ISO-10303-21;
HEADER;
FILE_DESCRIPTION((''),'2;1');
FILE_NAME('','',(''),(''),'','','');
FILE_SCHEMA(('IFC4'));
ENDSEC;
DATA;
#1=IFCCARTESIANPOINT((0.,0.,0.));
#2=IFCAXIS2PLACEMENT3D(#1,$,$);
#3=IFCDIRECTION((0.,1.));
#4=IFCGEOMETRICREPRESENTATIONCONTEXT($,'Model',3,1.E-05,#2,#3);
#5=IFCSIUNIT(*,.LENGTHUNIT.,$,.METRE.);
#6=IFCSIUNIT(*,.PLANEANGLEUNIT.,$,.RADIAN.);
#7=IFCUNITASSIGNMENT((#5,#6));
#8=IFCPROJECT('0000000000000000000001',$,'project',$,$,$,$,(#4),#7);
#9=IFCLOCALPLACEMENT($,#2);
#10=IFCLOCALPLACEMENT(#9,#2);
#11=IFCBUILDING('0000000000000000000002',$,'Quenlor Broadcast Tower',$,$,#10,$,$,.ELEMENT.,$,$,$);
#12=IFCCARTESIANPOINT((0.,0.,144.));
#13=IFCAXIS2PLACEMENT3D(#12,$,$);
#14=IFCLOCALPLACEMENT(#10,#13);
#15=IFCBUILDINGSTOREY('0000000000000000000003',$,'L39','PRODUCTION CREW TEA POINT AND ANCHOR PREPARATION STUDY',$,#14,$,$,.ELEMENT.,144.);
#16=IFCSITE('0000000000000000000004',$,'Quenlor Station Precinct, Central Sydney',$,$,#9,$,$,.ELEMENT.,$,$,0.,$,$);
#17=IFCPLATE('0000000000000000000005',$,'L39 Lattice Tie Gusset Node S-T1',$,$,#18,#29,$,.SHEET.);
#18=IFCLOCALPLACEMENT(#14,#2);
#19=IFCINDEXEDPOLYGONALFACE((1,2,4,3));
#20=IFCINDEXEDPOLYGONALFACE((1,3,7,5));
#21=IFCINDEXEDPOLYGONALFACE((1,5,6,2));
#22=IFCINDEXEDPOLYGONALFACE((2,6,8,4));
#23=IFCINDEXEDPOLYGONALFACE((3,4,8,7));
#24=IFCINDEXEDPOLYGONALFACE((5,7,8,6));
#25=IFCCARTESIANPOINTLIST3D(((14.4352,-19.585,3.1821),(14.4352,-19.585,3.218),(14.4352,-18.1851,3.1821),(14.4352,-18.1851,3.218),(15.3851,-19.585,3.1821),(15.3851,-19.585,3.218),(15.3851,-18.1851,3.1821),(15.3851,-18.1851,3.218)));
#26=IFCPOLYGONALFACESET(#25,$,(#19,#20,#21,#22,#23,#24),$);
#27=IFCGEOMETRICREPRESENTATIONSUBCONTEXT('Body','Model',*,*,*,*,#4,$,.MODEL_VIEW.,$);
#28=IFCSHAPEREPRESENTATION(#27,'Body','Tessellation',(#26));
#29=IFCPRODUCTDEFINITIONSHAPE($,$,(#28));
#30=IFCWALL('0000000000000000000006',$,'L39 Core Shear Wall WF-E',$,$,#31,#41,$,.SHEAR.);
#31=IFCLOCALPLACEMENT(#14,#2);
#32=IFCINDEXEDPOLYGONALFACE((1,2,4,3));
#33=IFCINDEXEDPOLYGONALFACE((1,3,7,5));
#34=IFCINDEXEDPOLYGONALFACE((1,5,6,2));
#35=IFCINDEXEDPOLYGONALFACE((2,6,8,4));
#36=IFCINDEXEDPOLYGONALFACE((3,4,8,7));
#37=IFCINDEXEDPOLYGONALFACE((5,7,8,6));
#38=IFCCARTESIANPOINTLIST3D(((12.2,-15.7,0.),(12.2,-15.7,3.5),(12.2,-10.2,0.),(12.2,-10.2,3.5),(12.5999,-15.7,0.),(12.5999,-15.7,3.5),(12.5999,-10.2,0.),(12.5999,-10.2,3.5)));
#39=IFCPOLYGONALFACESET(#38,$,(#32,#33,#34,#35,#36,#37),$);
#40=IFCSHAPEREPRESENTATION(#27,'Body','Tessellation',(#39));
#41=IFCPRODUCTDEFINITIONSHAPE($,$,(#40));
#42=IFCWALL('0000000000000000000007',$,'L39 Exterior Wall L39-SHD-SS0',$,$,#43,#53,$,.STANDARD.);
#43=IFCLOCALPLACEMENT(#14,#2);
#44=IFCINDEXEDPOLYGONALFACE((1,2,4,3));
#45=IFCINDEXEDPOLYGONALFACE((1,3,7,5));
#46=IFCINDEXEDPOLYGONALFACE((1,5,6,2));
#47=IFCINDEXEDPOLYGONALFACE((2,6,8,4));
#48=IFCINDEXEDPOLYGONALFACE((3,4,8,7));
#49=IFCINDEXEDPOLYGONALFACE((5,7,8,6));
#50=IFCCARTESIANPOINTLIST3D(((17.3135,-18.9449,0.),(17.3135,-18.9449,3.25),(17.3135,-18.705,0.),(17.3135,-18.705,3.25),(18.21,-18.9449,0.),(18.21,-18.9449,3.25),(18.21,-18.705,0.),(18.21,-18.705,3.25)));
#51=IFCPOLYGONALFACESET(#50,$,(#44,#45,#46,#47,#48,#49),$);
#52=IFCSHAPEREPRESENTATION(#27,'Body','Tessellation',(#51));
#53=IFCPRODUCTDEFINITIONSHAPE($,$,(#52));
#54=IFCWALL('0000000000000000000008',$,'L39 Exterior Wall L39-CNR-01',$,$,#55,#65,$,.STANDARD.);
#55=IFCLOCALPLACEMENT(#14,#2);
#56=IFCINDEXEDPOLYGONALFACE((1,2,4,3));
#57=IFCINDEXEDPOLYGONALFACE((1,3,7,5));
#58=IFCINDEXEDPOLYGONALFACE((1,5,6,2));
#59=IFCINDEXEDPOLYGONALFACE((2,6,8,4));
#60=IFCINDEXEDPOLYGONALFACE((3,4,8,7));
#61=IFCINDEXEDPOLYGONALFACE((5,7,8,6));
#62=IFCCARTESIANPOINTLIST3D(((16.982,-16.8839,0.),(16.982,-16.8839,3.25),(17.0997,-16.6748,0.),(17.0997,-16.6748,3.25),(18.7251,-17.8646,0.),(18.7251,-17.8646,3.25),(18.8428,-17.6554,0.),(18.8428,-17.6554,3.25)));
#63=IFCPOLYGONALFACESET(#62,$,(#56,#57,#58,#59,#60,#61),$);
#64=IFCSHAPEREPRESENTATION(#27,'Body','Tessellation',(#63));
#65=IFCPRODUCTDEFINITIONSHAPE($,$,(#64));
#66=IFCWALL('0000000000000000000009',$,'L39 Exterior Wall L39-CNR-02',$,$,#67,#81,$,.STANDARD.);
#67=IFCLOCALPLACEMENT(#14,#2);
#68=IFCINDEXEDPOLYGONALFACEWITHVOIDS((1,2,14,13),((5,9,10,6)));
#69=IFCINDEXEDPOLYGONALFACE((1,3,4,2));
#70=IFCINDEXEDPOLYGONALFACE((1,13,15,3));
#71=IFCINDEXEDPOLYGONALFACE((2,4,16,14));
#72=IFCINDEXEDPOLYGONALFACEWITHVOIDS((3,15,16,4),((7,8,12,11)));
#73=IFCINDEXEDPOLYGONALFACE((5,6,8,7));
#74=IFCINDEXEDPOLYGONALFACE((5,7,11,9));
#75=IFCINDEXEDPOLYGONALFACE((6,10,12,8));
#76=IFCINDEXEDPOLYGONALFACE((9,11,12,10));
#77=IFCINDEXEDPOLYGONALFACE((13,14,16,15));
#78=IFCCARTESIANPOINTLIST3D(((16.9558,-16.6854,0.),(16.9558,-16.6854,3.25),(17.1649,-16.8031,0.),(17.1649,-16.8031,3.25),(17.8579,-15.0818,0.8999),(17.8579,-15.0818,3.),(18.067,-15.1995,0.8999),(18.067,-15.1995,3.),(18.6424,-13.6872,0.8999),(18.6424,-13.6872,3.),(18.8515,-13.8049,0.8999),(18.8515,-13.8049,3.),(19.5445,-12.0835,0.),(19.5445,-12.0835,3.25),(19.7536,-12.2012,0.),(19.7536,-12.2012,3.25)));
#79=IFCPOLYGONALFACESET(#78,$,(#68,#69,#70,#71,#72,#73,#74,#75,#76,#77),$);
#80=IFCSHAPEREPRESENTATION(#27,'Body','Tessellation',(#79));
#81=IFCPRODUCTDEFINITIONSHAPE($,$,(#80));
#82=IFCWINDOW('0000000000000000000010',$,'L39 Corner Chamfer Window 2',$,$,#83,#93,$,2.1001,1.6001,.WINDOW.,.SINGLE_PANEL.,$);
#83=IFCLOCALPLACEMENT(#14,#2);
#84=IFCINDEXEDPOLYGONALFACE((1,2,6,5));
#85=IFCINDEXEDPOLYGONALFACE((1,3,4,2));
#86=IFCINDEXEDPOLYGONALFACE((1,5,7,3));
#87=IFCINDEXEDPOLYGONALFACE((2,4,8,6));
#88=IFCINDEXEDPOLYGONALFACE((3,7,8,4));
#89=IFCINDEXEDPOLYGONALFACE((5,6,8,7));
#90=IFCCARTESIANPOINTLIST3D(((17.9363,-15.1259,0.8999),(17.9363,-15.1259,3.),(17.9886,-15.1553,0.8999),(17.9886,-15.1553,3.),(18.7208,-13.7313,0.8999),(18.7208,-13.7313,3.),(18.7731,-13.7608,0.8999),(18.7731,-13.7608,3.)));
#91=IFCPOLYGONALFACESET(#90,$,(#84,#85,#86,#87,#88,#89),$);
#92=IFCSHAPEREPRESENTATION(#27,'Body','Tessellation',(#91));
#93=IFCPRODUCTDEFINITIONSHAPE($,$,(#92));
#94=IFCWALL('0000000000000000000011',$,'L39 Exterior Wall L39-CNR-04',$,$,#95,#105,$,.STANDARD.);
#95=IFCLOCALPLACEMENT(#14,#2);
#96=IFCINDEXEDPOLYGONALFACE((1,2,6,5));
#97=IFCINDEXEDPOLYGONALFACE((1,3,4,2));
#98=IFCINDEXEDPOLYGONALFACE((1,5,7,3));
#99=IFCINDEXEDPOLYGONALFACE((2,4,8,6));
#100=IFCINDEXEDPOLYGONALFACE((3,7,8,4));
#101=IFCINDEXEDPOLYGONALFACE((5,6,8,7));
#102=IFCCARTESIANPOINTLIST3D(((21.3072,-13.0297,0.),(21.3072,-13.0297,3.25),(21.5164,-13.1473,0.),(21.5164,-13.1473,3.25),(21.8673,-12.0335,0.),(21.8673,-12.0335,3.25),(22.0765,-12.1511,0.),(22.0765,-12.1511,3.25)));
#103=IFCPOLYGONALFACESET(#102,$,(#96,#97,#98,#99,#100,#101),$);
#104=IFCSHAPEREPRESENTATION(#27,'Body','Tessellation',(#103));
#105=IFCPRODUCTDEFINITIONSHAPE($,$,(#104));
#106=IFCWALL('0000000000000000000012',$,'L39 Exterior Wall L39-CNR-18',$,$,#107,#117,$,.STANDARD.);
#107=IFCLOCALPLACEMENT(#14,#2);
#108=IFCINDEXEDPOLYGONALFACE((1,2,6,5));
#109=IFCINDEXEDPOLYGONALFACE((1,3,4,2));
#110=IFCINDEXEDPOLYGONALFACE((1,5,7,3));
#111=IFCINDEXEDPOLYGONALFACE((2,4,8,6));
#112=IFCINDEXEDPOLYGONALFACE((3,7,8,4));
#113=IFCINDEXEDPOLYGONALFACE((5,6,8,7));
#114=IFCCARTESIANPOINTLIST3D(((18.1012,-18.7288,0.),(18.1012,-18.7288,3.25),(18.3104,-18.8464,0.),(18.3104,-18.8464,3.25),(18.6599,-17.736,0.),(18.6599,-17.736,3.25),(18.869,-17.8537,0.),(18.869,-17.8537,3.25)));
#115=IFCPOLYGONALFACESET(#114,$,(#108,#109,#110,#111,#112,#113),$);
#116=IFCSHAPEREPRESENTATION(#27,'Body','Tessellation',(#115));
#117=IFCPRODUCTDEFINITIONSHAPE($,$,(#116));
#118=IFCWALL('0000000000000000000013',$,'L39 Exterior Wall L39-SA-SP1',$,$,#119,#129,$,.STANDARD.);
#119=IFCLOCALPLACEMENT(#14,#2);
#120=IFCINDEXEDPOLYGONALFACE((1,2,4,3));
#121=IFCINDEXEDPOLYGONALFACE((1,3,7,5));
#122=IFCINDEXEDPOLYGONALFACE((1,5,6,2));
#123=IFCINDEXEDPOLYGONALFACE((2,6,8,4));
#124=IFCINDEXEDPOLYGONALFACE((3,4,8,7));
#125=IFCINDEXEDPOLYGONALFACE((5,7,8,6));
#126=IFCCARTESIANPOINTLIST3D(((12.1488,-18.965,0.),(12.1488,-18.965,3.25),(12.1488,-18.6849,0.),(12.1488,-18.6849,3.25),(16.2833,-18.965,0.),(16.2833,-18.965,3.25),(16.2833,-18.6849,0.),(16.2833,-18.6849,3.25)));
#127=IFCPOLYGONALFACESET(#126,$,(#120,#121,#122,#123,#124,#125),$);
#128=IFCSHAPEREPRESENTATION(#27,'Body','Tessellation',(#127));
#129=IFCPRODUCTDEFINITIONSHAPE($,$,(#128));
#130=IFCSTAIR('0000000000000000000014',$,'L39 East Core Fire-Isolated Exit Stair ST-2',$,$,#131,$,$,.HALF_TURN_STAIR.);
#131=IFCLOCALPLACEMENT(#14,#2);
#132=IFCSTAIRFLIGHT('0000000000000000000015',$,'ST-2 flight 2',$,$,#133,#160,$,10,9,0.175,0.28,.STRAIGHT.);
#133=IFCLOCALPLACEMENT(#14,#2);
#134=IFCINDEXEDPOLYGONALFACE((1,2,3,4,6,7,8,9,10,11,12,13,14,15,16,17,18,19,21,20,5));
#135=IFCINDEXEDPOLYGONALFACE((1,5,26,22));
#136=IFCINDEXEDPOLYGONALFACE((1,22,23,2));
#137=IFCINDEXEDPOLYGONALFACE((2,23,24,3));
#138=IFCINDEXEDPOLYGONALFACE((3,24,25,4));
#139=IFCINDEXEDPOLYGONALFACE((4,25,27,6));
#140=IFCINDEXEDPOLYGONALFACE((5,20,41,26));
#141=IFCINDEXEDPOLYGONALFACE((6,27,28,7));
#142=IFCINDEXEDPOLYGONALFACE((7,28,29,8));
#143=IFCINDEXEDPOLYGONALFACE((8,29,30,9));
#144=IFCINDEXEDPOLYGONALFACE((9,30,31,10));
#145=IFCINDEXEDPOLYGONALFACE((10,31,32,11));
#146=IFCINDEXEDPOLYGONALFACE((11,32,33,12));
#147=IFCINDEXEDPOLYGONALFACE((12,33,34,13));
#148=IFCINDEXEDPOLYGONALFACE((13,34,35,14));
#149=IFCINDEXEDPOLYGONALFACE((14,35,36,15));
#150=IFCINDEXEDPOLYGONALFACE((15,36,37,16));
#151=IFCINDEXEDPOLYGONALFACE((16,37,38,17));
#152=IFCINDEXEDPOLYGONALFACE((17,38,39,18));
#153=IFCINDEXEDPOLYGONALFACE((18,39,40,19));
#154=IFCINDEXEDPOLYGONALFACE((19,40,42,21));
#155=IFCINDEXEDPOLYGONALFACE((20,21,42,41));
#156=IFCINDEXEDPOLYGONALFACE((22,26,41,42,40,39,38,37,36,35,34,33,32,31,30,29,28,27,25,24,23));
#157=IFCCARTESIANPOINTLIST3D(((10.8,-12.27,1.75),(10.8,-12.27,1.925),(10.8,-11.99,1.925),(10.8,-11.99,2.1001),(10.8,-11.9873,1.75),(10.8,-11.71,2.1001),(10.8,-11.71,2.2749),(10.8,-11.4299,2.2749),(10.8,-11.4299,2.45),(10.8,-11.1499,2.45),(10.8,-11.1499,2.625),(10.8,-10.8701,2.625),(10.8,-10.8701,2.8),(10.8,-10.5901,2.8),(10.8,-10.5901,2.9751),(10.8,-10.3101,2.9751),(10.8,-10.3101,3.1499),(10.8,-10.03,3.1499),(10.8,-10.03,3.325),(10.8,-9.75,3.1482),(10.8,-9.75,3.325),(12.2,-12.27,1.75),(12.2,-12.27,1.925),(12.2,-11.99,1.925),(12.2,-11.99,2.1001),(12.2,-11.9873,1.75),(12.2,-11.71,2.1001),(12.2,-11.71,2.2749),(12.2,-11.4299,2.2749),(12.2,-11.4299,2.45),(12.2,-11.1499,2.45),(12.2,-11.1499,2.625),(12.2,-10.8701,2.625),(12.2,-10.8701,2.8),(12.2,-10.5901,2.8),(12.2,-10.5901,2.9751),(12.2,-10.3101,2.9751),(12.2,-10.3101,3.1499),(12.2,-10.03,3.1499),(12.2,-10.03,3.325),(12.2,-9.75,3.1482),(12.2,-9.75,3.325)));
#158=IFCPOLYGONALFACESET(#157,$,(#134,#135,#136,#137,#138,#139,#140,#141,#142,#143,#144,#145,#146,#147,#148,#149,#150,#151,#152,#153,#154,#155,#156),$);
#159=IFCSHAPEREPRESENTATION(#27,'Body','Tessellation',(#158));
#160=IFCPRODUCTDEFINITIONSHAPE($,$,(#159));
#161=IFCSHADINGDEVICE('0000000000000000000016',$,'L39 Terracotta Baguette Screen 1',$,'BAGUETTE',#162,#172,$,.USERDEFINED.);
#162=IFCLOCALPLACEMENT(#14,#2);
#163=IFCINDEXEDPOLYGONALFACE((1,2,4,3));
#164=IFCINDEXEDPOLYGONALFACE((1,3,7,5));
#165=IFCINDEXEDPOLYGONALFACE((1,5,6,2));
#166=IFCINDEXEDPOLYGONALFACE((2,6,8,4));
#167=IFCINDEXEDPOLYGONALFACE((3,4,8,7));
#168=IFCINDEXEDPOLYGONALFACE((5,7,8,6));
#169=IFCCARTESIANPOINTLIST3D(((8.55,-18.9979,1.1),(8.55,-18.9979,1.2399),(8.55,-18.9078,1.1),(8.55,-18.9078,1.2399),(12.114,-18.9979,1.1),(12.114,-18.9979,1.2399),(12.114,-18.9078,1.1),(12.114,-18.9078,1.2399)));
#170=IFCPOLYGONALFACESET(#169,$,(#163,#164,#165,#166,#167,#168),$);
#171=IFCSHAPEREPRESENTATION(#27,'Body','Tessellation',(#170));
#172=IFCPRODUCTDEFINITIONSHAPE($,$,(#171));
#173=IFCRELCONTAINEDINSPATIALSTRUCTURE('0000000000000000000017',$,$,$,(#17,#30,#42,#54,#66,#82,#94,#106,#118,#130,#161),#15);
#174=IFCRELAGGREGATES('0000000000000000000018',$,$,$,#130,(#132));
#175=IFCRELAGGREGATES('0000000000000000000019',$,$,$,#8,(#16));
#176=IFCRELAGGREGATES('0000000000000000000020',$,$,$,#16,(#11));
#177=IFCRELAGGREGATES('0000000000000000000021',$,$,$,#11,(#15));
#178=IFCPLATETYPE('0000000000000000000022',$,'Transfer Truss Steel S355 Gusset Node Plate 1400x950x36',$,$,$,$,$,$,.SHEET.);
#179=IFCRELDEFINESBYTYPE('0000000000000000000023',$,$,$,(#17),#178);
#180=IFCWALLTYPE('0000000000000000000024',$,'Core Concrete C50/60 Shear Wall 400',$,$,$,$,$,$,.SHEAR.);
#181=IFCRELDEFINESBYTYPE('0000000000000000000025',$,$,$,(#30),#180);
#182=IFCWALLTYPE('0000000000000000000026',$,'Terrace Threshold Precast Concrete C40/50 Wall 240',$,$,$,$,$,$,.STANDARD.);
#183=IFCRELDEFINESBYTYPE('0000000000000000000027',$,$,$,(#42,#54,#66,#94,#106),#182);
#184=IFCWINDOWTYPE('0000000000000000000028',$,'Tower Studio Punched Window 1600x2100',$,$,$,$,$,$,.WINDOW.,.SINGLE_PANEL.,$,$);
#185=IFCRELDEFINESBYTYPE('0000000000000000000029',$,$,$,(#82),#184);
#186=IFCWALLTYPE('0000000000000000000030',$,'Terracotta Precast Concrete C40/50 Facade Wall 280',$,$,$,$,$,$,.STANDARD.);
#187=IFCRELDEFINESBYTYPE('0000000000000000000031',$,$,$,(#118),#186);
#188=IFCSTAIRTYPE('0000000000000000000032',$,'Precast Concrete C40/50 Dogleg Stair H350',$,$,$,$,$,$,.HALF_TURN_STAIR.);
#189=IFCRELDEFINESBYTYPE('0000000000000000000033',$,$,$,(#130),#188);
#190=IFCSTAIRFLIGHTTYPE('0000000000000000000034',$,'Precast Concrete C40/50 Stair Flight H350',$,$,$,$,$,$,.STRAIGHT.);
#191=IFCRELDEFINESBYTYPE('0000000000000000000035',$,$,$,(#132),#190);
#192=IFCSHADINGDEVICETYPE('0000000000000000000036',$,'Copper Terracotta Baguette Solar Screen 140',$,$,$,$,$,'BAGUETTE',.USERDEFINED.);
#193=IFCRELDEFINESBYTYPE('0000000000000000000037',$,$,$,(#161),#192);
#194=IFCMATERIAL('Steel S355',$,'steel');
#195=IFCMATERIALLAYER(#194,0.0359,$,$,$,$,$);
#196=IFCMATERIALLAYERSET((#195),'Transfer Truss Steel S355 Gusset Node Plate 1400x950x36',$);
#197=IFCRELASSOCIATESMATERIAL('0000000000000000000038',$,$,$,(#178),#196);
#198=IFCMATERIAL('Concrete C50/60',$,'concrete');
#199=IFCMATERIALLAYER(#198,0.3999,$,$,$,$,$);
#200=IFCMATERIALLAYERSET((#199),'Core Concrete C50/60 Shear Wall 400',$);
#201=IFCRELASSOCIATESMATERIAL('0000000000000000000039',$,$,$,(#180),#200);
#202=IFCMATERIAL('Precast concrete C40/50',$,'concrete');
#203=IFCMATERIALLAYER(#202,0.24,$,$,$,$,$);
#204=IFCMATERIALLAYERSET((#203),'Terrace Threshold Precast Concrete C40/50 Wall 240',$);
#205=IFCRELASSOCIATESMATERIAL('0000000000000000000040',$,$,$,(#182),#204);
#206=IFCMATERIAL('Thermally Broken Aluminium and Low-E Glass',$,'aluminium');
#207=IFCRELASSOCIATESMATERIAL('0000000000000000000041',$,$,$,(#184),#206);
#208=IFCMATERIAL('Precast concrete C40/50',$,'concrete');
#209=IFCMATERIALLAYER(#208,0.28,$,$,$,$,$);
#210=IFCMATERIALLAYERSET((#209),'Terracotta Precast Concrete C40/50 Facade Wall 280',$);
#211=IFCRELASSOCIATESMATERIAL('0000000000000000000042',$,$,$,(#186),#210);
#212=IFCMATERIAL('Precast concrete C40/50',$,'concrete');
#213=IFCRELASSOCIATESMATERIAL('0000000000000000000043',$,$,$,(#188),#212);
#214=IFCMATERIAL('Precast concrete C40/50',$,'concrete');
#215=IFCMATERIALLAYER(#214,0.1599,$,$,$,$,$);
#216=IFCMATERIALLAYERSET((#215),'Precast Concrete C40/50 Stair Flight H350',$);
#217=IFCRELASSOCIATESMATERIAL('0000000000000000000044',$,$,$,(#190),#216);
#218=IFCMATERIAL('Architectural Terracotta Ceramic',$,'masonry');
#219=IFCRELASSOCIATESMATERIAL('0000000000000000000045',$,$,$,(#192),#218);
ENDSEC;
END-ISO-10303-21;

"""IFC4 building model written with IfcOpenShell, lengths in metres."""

from ifc_helpers import new_model, si_unit, direction, frame, frame_2d, origin, origin_2d, place, context, subcontext, project, spatial, polyline, rectangle, outline, extrude, material, layer, layer_set, material_profile, profile_set, type_object, element, fill, aggregate, save


model = new_model("IFC4")

# Units and contexts
model_context = context("Model", 3, precision=1e-05, world=origin(), true_north=direction((0.0, 1.0)))
body_context = subcontext(model_context, "Body", "Model", "MODEL_VIEW")
ifc_project = project(units=[si_unit("LENGTHUNIT", "METRE"), si_unit("PLANEANGLEUNIT", "RADIAN")], contexts=[model_context])

# Site, building, storey
site_placement = place(None, origin())
site = spatial("IfcSite", under=ifc_project, at=site_placement, Name="Quenlor Station Precinct, Central Sydney", CompositionType="ELEMENT", RefElevation=0.0)
building_placement = place(site_placement, origin())
building = spatial("IfcBuilding", under=site, at=building_placement, Name="Quenlor Broadcast Tower", CompositionType="ELEMENT")
storey_placement = place(building_placement, frame((0.0, 0.0, 144.0)))
storey = spatial("IfcBuildingStorey", under=building, at=storey_placement, Name="L39", Description="PRODUCTION CREW TEA POINT AND ANCHOR PREPARATION STUDY", CompositionType="ELEMENT", Elevation=144.0)

# Plate
ifc_material_1 = material(Name="Steel S355", Category="steel")
ifc_layer_1 = layer(ifc_material_1, 0.0359)
ifc_layer_set_1 = layer_set([ifc_layer_1], Name="Transfer Truss Steel S355 Gusset Node Plate 1400x950x36")
plate_type_1 = type_object("IfcPlateType", Name="Transfer Truss Steel S355 Gusset Node Plate 1400x950x36", PredefinedType="SHEET", material=ifc_layer_set_1)
for number, where, z_axis, x_axis, name in (
    (1, (14.9102, -18.885, 3.1821), (0.0, 0.0, 1.0), (0.0, -1.0, 0.0), "L39 Lattice Tie Gusset Node S-T1"),
):
    element("IfcPlate", number, at=place(storey_placement, frame(where, z_axis=z_axis, x_axis=x_axis)), inside=storey, type_object=plate_type_1, Name=name, PredefinedType="SHEET", context=body_context, shape_type="SweptSolid", body=[
        extrude(rectangle(XDim=1.3999, YDim=0.95, at=origin_2d()), origin(), (0.0, 0.0, 1.0), 0.0359),
    ])

# Walls
ifc_material_2 = material(Name="Concrete C50/60", Category="concrete")
ifc_layer_2 = layer(ifc_material_2, 0.3999)
ifc_layer_set_2 = layer_set([ifc_layer_2], Name="Core Concrete C50/60 Shear Wall 400")
wall_type_1 = type_object("IfcWallType", Name="Core Concrete C50/60 Shear Wall 400", PredefinedType="SHEAR", material=ifc_layer_set_2)
wall_1_placement = place(storey_placement, frame((12.3999, -15.7, 0.0), z_axis=(0.0, 0.0, 1.0), x_axis=(0.0, 1.0, 0.0)))
element("IfcWall", 2, at=wall_1_placement, inside=storey, type_object=wall_type_1, Name="L39 Core Shear Wall WF-E", PredefinedType="SHEAR", context=body_context, shape_type="SweptSolid", body=[
    extrude(rectangle(XDim=5.5, YDim=0.3999, at=frame_2d((2.75, 0.0))), origin(), (0.0, 0.0, 1.0), 3.5),
])
ifc_material_3 = material(Name="Precast concrete C40/50", Category="concrete")
ifc_layer_3 = layer(ifc_material_3, 0.24)
ifc_layer_set_3 = layer_set([ifc_layer_3], Name="Terrace Threshold Precast Concrete C40/50 Wall 240")
wall_type_2 = type_object("IfcWallType", Name="Terrace Threshold Precast Concrete C40/50 Wall 240", PredefinedType="STANDARD", material=ifc_layer_set_3)
wall_2_placement = place(storey_placement, frame((18.21, -18.825, 0.0), z_axis=(0.0, 0.0, 1.0), x_axis=(-1.0, 0.0, 0.0)))
element("IfcWall", 3, at=wall_2_placement, inside=storey, type_object=wall_type_2, Name="L39 Exterior Wall L39-SHD-SS0", PredefinedType="STANDARD", context=body_context, shape_type="SweptSolid", body=[
    extrude(rectangle(XDim=0.8965, YDim=0.24, at=frame_2d((0.4482, 0.0))), origin(), (0.0, 0.0, 1.0), 3.25),
])
wall_3_placement = place(storey_placement, frame((18.7839, -17.76, 0.0), z_axis=(0.0, 0.0, 1.0), x_axis=(-0.871536, 0.490331, 0.0)))
element("IfcWall", 4, at=wall_3_placement, inside=storey, type_object=wall_type_2, Name="L39 Exterior Wall L39-CNR-01", PredefinedType="STANDARD", context=body_context, shape_type="SweptSolid", body=[
    extrude(rectangle(XDim=2.0, YDim=0.24, at=frame_2d((1.0, 0.0))), origin(), (0.0, 0.0, 1.0), 3.25),
])

# Wall, opening, window
wall_4_placement = place(storey_placement, frame((17.0603, -16.7444, 0.0), z_axis=(0.0, 0.0, 1.0), x_axis=(0.490277, 0.871567, 0.0)))
wall_4 = element("IfcWall", 5, at=wall_4_placement, inside=storey, type_object=wall_type_2, Name="L39 Exterior Wall L39-CNR-02", PredefinedType="STANDARD", context=body_context, shape_type="SweptSolid", body=[
    extrude(rectangle(XDim=5.28, YDim=0.24, at=frame_2d((2.6401, 0.0))), origin(), (0.0, 0.0, 1.0), 3.25),
])
opening_placement = place(wall_4_placement, frame((1.8401, 0.0, 0.8999)))
opening = element("IfcOpeningElement", 6, at=opening_placement, cuts=wall_4, PredefinedType="OPENING", context=body_context, shape_type="SweptSolid", body=[
    extrude(rectangle(XDim=1.6001, YDim=2.1001, at=frame_2d((0.8, 1.05))), frame((0.0, 0.1299, 0.0), z_axis=(0.0, -1.0, 0.0), x_axis=(1.0, 0.0, 0.0)), (0.0, 0.0, 1.0), 0.26),
])
ifc_material_4 = material(Name="Thermally Broken Aluminium and Low-E Glass", Category="aluminium")
window_type = type_object("IfcWindowType", Name="Tower Studio Punched Window 1600x2100", PartitioningType="SINGLE_PANEL", PredefinedType="WINDOW", material=ifc_material_4)
window_placement = place(opening_placement, origin())
window = element("IfcWindow", 7, at=window_placement, inside=storey, type_object=window_type, Name="L39 Corner Chamfer Window 2", OverallHeight=2.1001, OverallWidth=1.6001, PartitioningType="SINGLE_PANEL", PredefinedType="WINDOW", context=body_context, shape_type="SweptSolid", body=[
    extrude(rectangle(XDim=1.6001, YDim=2.1001, at=frame_2d((0.8, 1.05))), frame((0.0, 0.03, 0.0), z_axis=(0.0, -1.0, 0.0), x_axis=(1.0, 0.0, 0.0)), (0.0, 0.0, 1.0), 0.0601),
])
fill(opening, window)

# Walls
wall_5_placement = place(storey_placement, frame((21.4119, -13.0884, 0.0), z_axis=(0.0, 0.0, 1.0), x_axis=(0.490099, 0.871667, 0.0)))
element("IfcWall", 8, at=wall_5_placement, inside=storey, type_object=wall_type_2, Name="L39 Exterior Wall L39-CNR-04", PredefinedType="STANDARD", context=body_context, shape_type="SweptSolid", body=[
    extrude(rectangle(XDim=1.1428, YDim=0.24, at=frame_2d((0.5713, 0.0))), origin(), (0.0, 0.0, 1.0), 3.25),
])
wall_6_placement = place(storey_placement, frame((18.2058, -18.7876, 0.0), z_axis=(0.0, 0.0, 1.0), x_axis=(0.490404, 0.871495, 0.0)))
element("IfcWall", 9, at=wall_6_placement, inside=storey, type_object=wall_type_2, Name="L39 Exterior Wall L39-CNR-18", PredefinedType="STANDARD", context=body_context, shape_type="SweptSolid", body=[
    extrude(rectangle(XDim=1.1392, YDim=0.24, at=frame_2d((0.5696, 0.0))), origin(), (0.0, 0.0, 1.0), 3.25),
])
ifc_material_5 = material(Name="Precast concrete C40/50", Category="concrete")
ifc_layer_4 = layer(ifc_material_5, 0.28)
ifc_layer_set_4 = layer_set([ifc_layer_4], Name="Terracotta Precast Concrete C40/50 Facade Wall 280")
wall_type_3 = type_object("IfcWallType", Name="Terracotta Precast Concrete C40/50 Facade Wall 280", PredefinedType="STANDARD", material=ifc_layer_set_4)
wall_7_placement = place(storey_placement, frame((16.2834, -18.825, 0.0), z_axis=(0.0, 0.0, 1.0), x_axis=(-1.0, 0.0, 0.0)))
element("IfcWall", 10, at=wall_7_placement, inside=storey, type_object=wall_type_3, Name="L39 Exterior Wall L39-SA-SP1", PredefinedType="STANDARD", context=body_context, shape_type="SweptSolid", body=[
    extrude(rectangle(XDim=4.1345, YDim=0.28, at=frame_2d((2.0674, 0.0))), origin(), (0.0, 0.0, 1.0), 3.25),
])

# Stair, stair flight
ifc_material_6 = material(Name="Precast concrete C40/50", Category="concrete")
stair_type = type_object("IfcStairType", Name="Precast Concrete C40/50 Dogleg Stair H350", PredefinedType="HALF_TURN_STAIR", material=ifc_material_6)
stair_placement = place(storey_placement, origin())
stair = element("IfcStair", 11, at=stair_placement, inside=storey, type_object=stair_type, Name="L39 East Core Fire-Isolated Exit Stair ST-2", PredefinedType="HALF_TURN_STAIR")
ifc_material_7 = material(Name="Precast concrete C40/50", Category="concrete")
ifc_layer_5 = layer(ifc_material_7, 0.1599)
ifc_layer_set_5 = layer_set([ifc_layer_5], Name="Precast Concrete C40/50 Stair Flight H350")
stair_flight_type = type_object("IfcStairFlightType", Name="Precast Concrete C40/50 Stair Flight H350", PredefinedType="STRAIGHT", material=ifc_layer_set_5)
stair_flight_placement = place(storey_placement, frame((11.5, -12.27, 1.75), z_axis=(0.0, 0.0, 1.0), x_axis=(0.0, 1.0, 0.0)))
stair_flight = element("IfcStairFlight", 12, at=stair_flight_placement, type_object=stair_flight_type, Name="ST-2 flight 2", NumberOfRisers=10, NumberOfTreads=9, PredefinedType="STRAIGHT", RiserHeight=0.175, TreadLength=0.28, context=body_context, shape_type="SweptSolid", body=[
    extrude(outline(polyline([(0.0, 0.0), (0.0, 0.175), (0.28, 0.175), (0.28, 0.3501), (0.5601, 0.3501), (0.5601, 0.5249), (0.8401, 0.5249), (0.8401, 0.7), (1.1201, 0.7), (1.1201, 0.875), (1.3999, 0.875), (1.3999, 1.05), (1.6799, 1.05), (1.6799, 1.2251), (1.96, 1.2251), (1.96, 1.3999), (2.24, 1.3999), (2.24, 1.575), (2.52, 1.575), (2.52, 1.75), (2.52, 1.3982), (0.2827, 0.0), (0.0, 0.0)])), frame((0.0, 0.7, 0.0), z_axis=(0.0, -1.0, 0.0), x_axis=(1.0, 0.0, 0.0)), (0.0, 0.0, 1.0), 1.3999),
])
aggregate(stair, [stair_flight])

# Shading device
ifc_material_8 = material(Name="Architectural Terracotta Ceramic", Category="masonry")
ifc_material_profile_1 = material_profile(ifc_material_8, rectangle(XDim=0.0901, YDim=0.1399, at=origin_2d()))
ifc_profile_set_1 = profile_set([ifc_material_profile_1], Name="Architectural Terracotta Ceramic BAG90x140")
shading_device_type = type_object("IfcShadingDeviceType", Name="Copper Terracotta Baguette Solar Screen 140", ElementType="BAGUETTE", PredefinedType="USERDEFINED", material=ifc_profile_set_1)
for number, where, z_axis, x_axis, name in (
    (13, (12.114, -18.9529, 1.1699), (-1.0, 0.0, 0.0), (0.0, -1.0, 0.0), "L39 Terracotta Baguette Screen 1"),
):
    element("IfcShadingDevice", number, at=place(storey_placement, frame(where, z_axis=z_axis, x_axis=x_axis)), inside=storey, type_object=shading_device_type, Name=name, ObjectType="BAGUETTE", PredefinedType="USERDEFINED", context=body_context, shape_type="SweptSolid", body=[
        extrude(rectangle(XDim=0.0901, YDim=0.1399, at=origin_2d()), origin(), (0.0, 0.0, 1.0), 3.564),
    ])

save(model, "model.ifc")
